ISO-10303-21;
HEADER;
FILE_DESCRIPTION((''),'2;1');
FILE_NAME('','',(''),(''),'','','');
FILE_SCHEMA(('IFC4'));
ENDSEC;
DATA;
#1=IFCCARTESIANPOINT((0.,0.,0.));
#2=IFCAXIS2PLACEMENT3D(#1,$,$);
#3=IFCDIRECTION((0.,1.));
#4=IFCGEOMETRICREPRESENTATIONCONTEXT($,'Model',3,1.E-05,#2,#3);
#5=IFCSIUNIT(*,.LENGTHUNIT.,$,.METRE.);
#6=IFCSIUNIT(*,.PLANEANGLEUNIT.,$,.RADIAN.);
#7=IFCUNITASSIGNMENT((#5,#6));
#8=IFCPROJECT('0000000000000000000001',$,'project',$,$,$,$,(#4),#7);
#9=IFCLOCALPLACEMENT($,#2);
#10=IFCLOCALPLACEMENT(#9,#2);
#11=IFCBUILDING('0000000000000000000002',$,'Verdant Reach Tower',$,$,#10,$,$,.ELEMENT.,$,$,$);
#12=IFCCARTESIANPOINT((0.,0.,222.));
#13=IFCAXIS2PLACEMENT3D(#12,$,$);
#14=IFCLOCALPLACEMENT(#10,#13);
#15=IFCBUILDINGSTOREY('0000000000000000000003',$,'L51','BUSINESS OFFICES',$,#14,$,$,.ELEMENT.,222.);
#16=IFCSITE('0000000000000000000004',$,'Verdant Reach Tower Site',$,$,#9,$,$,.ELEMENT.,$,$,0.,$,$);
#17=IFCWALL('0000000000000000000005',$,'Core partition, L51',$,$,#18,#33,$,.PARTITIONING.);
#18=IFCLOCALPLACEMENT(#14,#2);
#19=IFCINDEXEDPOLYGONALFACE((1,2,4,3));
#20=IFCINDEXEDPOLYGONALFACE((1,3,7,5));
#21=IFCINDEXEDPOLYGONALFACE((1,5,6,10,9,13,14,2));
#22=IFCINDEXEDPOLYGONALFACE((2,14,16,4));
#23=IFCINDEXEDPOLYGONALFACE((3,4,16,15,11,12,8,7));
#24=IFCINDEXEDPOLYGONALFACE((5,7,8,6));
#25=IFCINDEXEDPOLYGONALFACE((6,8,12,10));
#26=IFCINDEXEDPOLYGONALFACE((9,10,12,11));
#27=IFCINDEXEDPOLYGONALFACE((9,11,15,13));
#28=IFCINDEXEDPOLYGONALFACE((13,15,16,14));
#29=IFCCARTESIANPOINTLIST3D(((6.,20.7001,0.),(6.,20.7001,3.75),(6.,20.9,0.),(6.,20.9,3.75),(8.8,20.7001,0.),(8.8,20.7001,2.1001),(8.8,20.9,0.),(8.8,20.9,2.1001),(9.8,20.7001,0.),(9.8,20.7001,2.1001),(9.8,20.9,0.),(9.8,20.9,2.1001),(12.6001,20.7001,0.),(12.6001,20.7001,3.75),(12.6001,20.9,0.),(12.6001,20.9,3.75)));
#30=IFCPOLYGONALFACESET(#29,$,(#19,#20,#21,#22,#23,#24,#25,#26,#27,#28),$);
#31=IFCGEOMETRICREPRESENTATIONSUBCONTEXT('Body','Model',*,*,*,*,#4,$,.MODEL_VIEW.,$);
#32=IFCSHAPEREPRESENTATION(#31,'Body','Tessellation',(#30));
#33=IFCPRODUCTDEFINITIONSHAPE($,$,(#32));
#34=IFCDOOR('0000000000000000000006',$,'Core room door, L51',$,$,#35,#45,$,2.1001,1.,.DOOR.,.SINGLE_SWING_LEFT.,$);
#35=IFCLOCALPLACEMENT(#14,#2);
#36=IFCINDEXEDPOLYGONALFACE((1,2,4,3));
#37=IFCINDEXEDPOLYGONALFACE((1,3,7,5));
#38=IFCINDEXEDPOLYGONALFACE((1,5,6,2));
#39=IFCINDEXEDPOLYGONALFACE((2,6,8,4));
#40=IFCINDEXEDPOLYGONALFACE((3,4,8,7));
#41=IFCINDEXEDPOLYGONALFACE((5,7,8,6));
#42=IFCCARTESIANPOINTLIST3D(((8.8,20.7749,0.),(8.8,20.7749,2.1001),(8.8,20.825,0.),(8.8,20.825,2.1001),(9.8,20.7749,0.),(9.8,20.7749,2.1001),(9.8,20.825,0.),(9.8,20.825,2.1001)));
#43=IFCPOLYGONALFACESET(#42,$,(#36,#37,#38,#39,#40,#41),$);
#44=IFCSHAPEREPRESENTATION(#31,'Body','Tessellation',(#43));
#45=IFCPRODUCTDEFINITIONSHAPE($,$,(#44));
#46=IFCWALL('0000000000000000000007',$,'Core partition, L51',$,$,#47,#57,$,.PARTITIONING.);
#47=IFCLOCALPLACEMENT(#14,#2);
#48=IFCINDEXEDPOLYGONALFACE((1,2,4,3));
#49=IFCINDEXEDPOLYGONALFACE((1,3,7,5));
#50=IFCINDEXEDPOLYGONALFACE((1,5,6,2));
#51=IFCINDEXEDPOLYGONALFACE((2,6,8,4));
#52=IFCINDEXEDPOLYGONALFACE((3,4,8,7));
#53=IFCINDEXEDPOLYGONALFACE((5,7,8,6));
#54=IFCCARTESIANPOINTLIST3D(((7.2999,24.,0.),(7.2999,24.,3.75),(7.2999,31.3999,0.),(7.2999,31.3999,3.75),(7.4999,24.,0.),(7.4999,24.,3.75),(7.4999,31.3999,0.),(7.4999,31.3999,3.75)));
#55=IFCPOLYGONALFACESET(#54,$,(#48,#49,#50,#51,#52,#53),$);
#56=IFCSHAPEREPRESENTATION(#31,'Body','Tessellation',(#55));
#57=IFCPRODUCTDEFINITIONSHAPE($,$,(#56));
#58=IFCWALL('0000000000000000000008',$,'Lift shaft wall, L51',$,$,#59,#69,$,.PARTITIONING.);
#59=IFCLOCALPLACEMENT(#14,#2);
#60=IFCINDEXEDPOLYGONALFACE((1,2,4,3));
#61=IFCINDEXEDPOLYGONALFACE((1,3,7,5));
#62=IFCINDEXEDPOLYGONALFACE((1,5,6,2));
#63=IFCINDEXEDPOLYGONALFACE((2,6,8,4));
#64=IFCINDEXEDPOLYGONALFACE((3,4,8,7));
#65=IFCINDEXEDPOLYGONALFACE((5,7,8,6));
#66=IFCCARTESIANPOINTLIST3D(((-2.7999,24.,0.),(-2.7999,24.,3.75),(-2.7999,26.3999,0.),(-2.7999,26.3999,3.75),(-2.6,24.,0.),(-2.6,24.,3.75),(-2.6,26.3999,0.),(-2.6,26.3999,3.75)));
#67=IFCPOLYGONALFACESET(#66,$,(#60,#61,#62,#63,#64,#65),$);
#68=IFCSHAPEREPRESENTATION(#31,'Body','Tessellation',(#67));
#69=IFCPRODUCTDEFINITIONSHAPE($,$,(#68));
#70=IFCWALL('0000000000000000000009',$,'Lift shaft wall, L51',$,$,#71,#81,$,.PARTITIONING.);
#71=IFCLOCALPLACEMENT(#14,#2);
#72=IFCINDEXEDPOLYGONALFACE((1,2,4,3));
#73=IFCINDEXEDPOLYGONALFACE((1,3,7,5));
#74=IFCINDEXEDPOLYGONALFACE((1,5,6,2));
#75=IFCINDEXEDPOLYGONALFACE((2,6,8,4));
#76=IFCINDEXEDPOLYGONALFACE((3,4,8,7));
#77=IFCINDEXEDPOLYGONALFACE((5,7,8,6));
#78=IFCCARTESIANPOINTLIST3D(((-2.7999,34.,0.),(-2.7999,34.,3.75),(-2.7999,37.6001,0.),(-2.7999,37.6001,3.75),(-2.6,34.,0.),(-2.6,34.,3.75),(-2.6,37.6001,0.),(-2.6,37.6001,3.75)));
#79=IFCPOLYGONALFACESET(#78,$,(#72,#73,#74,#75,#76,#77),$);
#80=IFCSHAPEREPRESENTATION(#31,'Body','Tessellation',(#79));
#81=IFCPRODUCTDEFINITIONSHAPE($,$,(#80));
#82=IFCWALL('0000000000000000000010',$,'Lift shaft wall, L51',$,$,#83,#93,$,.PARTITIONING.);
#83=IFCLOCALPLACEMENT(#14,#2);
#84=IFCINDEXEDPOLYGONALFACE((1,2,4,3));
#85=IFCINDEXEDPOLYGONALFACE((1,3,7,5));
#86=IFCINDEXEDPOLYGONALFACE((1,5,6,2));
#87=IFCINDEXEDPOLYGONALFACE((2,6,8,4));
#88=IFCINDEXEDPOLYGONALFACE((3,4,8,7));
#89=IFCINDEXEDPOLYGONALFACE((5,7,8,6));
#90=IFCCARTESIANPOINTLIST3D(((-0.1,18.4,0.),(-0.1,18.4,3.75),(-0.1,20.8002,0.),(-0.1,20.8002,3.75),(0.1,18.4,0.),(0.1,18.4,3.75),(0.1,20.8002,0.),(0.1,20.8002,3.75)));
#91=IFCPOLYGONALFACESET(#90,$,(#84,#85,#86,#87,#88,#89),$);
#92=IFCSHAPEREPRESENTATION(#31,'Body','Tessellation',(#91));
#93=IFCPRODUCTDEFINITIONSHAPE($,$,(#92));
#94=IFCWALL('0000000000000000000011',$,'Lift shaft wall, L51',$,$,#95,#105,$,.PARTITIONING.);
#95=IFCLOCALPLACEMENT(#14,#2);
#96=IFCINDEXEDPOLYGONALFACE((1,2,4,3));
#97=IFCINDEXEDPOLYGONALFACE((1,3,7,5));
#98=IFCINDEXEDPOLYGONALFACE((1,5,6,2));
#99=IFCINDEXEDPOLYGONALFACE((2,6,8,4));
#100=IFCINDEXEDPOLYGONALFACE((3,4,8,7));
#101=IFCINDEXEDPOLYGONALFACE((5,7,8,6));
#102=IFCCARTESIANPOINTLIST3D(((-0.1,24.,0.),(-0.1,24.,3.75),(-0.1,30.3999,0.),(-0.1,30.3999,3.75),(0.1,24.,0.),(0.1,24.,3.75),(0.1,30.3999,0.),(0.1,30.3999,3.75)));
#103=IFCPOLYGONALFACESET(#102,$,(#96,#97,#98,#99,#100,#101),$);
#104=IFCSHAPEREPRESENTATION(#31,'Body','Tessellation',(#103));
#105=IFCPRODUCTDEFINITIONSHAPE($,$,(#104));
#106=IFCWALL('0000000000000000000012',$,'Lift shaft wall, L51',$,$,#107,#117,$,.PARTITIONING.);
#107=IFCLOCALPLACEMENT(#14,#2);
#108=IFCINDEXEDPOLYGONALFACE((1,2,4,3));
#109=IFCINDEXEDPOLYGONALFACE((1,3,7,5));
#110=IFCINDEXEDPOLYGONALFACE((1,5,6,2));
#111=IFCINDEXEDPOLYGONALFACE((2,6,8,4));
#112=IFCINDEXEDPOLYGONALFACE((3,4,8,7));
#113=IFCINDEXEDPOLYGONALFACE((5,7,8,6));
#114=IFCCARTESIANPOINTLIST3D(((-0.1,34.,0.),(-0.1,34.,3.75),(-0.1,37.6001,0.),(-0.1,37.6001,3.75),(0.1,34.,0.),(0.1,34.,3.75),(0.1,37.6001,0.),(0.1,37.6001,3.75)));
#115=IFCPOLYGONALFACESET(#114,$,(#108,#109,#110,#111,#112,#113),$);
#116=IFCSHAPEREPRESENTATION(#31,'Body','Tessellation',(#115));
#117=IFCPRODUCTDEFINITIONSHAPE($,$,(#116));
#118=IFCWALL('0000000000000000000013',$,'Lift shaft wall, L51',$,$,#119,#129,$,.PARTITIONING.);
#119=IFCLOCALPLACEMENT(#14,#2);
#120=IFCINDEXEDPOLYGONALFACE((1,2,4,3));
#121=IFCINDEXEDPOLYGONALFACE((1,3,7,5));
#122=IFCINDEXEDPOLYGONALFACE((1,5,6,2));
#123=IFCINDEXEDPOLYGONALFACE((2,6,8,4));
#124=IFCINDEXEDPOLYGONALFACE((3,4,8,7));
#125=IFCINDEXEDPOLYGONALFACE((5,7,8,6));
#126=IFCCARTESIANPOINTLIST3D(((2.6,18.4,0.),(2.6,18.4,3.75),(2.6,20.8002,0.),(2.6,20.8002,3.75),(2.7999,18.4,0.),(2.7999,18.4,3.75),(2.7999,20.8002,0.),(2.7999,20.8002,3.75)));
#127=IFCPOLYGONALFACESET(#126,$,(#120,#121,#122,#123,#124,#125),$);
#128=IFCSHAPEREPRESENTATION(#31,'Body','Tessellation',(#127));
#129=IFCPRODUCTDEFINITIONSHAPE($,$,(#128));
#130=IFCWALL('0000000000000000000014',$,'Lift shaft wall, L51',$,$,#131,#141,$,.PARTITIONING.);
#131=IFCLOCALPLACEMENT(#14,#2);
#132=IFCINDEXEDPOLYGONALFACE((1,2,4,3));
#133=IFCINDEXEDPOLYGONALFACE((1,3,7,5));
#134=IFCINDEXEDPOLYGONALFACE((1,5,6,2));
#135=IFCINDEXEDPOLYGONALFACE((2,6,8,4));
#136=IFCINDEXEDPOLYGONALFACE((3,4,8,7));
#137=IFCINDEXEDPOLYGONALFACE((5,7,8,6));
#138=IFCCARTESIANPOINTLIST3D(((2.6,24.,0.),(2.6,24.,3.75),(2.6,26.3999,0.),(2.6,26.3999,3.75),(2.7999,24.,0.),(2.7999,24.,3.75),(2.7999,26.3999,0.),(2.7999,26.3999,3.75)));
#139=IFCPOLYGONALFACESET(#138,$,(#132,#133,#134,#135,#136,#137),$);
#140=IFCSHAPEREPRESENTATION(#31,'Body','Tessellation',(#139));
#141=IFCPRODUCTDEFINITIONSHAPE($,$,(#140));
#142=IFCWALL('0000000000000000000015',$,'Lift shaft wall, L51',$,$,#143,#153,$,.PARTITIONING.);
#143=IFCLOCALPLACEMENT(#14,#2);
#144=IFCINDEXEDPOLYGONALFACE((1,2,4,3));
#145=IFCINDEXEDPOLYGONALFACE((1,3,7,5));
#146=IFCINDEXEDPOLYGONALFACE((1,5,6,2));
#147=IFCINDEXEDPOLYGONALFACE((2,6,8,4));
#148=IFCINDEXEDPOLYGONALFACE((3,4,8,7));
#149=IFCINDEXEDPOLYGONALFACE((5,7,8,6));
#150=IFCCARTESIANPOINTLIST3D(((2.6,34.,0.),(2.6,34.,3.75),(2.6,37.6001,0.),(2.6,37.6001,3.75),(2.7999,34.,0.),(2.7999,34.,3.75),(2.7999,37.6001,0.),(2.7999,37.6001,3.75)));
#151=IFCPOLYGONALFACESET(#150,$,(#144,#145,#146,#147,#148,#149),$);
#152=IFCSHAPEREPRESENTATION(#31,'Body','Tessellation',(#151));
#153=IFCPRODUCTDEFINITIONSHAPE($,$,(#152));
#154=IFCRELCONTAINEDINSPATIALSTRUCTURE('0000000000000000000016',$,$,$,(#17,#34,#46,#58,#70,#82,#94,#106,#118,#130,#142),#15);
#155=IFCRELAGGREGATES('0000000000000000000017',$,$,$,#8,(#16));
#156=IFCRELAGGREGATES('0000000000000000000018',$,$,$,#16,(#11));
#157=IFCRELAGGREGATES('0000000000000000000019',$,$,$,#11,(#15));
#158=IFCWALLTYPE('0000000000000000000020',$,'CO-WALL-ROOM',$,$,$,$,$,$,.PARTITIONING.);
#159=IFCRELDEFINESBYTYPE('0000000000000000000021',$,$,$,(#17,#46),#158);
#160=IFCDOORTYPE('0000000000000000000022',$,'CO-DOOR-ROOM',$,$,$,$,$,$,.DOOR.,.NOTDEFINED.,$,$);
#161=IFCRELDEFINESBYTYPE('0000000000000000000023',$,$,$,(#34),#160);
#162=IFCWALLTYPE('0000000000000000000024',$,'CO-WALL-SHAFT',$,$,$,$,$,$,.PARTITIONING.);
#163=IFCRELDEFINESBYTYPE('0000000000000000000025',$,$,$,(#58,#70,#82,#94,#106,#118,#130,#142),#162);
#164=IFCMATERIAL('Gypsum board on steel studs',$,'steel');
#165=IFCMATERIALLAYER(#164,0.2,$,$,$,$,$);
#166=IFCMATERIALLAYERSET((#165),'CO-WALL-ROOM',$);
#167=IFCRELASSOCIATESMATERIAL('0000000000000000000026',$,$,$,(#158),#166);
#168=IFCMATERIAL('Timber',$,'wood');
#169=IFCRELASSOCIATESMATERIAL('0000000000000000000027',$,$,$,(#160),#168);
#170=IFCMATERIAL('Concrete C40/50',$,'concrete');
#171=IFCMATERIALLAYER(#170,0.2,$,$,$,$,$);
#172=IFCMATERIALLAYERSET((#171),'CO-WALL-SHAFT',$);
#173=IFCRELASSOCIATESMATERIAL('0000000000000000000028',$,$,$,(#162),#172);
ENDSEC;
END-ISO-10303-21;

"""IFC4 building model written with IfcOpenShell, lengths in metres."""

from ifc_helpers import new_model, si_unit, direction, frame, frame_2d, origin, place, context, subcontext, project, spatial, rectangle, extrude, material, layer, layer_set, type_object, element, fill, save


model = new_model("IFC4")

# Units and contexts
model_context = context("Model", 3, precision=1e-05, world=origin(), true_north=direction((0.0, 1.0)))
body_context = subcontext(model_context, "Body", "Model", "MODEL_VIEW")
ifc_project = project(units=[si_unit("LENGTHUNIT", "METRE"), si_unit("PLANEANGLEUNIT", "RADIAN")], contexts=[model_context])

# Site, building, storey
site_placement = place(None, origin())
site = spatial("IfcSite", under=ifc_project, at=site_placement, Name="Verdant Reach Tower Site", CompositionType="ELEMENT", RefElevation=0.0)
building_placement = place(site_placement, origin())
building = spatial("IfcBuilding", under=site, at=building_placement, Name="Verdant Reach Tower", CompositionType="ELEMENT")
storey_placement = place(building_placement, frame((0.0, 0.0, 222.0)))
storey = spatial("IfcBuildingStorey", under=building, at=storey_placement, Name="L51", Description="BUSINESS OFFICES", CompositionType="ELEMENT", Elevation=222.0)

# Wall, opening, door
ifc_material_1 = material(Name="Gypsum board on steel studs", Category="steel")
ifc_layer_1 = layer(ifc_material_1, 0.2)
ifc_layer_set_1 = layer_set([ifc_layer_1], Name="CO-WALL-ROOM")
wall_type_1 = type_object("IfcWallType", Name="CO-WALL-ROOM", PredefinedType="PARTITIONING", material=ifc_layer_set_1)
wall_1_placement = place(storey_placement, frame((6.0, 20.8, 0.0), z_axis=(0.0, 0.0, 1.0), x_axis=(1.0, 0.0, 0.0)))
wall_1 = element("IfcWall", 1, at=wall_1_placement, inside=storey, type_object=wall_type_1, Name="Core partition, L51", PredefinedType="PARTITIONING", context=body_context, shape_type="SweptSolid", body=[
    extrude(rectangle(XDim=6.6001, YDim=0.2, at=frame_2d((3.3, 0.0))), origin(), (0.0, 0.0, 1.0), 3.75),
])
opening_1_placement = place(wall_1_placement, frame((2.8, 0.0, 0.0)))
opening_1 = element("IfcOpeningElement", 2, at=opening_1_placement, cuts=wall_1, PredefinedType="OPENING", context=body_context, shape_type="SweptSolid", body=[
    extrude(rectangle(XDim=1.0, YDim=2.1001, at=frame_2d((0.5, 1.05))), frame((0.0, 0.1099, 0.0), z_axis=(0.0, -1.0, 0.0), x_axis=(1.0, 0.0, 0.0)), (0.0, 0.0, 1.0), 0.22),
])
ifc_material_2 = material(Name="Timber", Category="wood")
door_type_1 = type_object("IfcDoorType", Name="CO-DOOR-ROOM", OperationType="NOTDEFINED", PredefinedType="DOOR", material=ifc_material_2)
door_1_placement = place(opening_1_placement, origin())
door_1 = element("IfcDoor", 3, at=door_1_placement, inside=storey, type_object=door_type_1, Name="Core room door, L51", OperationType="SINGLE_SWING_LEFT", OverallHeight=2.1001, OverallWidth=1.0, PredefinedType="DOOR", context=body_context, shape_type="SweptSolid", body=[
    extrude(rectangle(XDim=1.0, YDim=2.1001, at=frame_2d((0.5, 1.05))), frame((0.0, 0.0249, 0.0), z_axis=(0.0, -1.0, 0.0), x_axis=(1.0, 0.0, 0.0)), (0.0, 0.0, 1.0), 0.05),
])
fill(opening_1, door_1)

# Walls
wall_2_placement = place(storey_placement, frame((7.3999, 24.0, 0.0), z_axis=(0.0, 0.0, 1.0), x_axis=(0.0, 1.0, 0.0)))
element("IfcWall", 4, at=wall_2_placement, inside=storey, type_object=wall_type_1, Name="Core partition, L51", PredefinedType="PARTITIONING", context=body_context, shape_type="SweptSolid", body=[
    extrude(rectangle(XDim=7.3999, YDim=0.2, at=frame_2d((3.7, 0.0))), origin(), (0.0, 0.0, 1.0), 3.75),
])
ifc_material_3 = material(Name="Concrete C40/50", Category="concrete")
ifc_layer_2 = layer(ifc_material_3, 0.2)
ifc_layer_set_2 = layer_set([ifc_layer_2], Name="CO-WALL-SHAFT")
wall_type_2 = type_object("IfcWallType", Name="CO-WALL-SHAFT", PredefinedType="PARTITIONING", material=ifc_layer_set_2)
wall_3_placement = place(storey_placement, frame((-2.7, 24.0, 0.0), z_axis=(0.0, 0.0, 1.0), x_axis=(0.0, 1.0, 0.0)))
element("IfcWall", 5, at=wall_3_placement, inside=storey, type_object=wall_type_2, Name="Lift shaft wall, L51", PredefinedType="PARTITIONING", context=body_context, shape_type="SweptSolid", body=[
    extrude(rectangle(XDim=2.3999, YDim=0.2, at=frame_2d((1.2, 0.0))), origin(), (0.0, 0.0, 1.0), 3.75),
])
wall_4_placement = place(storey_placement, frame((-2.7, 34.0, 0.0), z_axis=(0.0, 0.0, 1.0), x_axis=(0.0, 1.0, 0.0)))
element("IfcWall", 6, at=wall_4_placement, inside=storey, type_object=wall_type_2, Name="Lift shaft wall, L51", PredefinedType="PARTITIONING", context=body_context, shape_type="SweptSolid", body=[
    extrude(rectangle(XDim=3.6001, YDim=0.2, at=frame_2d((1.8, 0.0))), origin(), (0.0, 0.0, 1.0), 3.75),
])
wall_5_placement = place(storey_placement, frame((0.0, 18.3999, 0.0), z_axis=(0.0, 0.0, 1.0), x_axis=(0.0, 1.0, 0.0)))
element("IfcWall", 7, at=wall_5_placement, inside=storey, type_object=wall_type_2, Name="Lift shaft wall, L51", PredefinedType="PARTITIONING", context=body_context, shape_type="SweptSolid", body=[
    extrude(rectangle(XDim=2.4001, YDim=0.2, at=frame_2d((1.2002, 0.0))), origin(), (0.0, 0.0, 1.0), 3.75),
])
wall_6_placement = place(storey_placement, frame((0.0, 24.0, 0.0), z_axis=(0.0, 0.0, 1.0), x_axis=(0.0, 1.0, 0.0)))
element("IfcWall", 8, at=wall_6_placement, inside=storey, type_object=wall_type_2, Name="Lift shaft wall, L51", PredefinedType="PARTITIONING", context=body_context, shape_type="SweptSolid", body=[
    extrude(rectangle(XDim=6.3999, YDim=0.2, at=frame_2d((3.2, 0.0))), origin(), (0.0, 0.0, 1.0), 3.75),
])
wall_7_placement = place(storey_placement, frame((0.0, 34.0, 0.0), z_axis=(0.0, 0.0, 1.0), x_axis=(0.0, 1.0, 0.0)))
element("IfcWall", 9, at=wall_7_placement, inside=storey, type_object=wall_type_2, Name="Lift shaft wall, L51", PredefinedType="PARTITIONING", context=body_context, shape_type="SweptSolid", body=[
    extrude(rectangle(XDim=3.6001, YDim=0.2, at=frame_2d((1.8, 0.0))), origin(), (0.0, 0.0, 1.0), 3.75),
])
wall_8_placement = place(storey_placement, frame((2.7, 18.3999, 0.0), z_axis=(0.0, 0.0, 1.0), x_axis=(0.0, 1.0, 0.0)))
element("IfcWall", 10, at=wall_8_placement, inside=storey, type_object=wall_type_2, Name="Lift shaft wall, L51", PredefinedType="PARTITIONING", context=body_context, shape_type="SweptSolid", body=[
    extrude(rectangle(XDim=2.4001, YDim=0.2, at=frame_2d((1.2002, 0.0))), origin(), (0.0, 0.0, 1.0), 3.75),
])
wall_9_placement = place(storey_placement, frame((2.7, 24.0, 0.0), z_axis=(0.0, 0.0, 1.0), x_axis=(0.0, 1.0, 0.0)))
element("IfcWall", 11, at=wall_9_placement, inside=storey, type_object=wall_type_2, Name="Lift shaft wall, L51", PredefinedType="PARTITIONING", context=body_context, shape_type="SweptSolid", body=[
    extrude(rectangle(XDim=2.3999, YDim=0.2, at=frame_2d((1.2, 0.0))), origin(), (0.0, 0.0, 1.0), 3.75),
])
wall_10_placement = place(storey_placement, frame((2.7, 34.0, 0.0), z_axis=(0.0, 0.0, 1.0), x_axis=(0.0, 1.0, 0.0)))
element("IfcWall", 12, at=wall_10_placement, inside=storey, type_object=wall_type_2, Name="Lift shaft wall, L51", PredefinedType="PARTITIONING", context=body_context, shape_type="SweptSolid", body=[
    extrude(rectangle(XDim=3.6001, YDim=0.2, at=frame_2d((1.8, 0.0))), origin(), (0.0, 0.0, 1.0), 3.75),
])

save(model, "model.ifc")
